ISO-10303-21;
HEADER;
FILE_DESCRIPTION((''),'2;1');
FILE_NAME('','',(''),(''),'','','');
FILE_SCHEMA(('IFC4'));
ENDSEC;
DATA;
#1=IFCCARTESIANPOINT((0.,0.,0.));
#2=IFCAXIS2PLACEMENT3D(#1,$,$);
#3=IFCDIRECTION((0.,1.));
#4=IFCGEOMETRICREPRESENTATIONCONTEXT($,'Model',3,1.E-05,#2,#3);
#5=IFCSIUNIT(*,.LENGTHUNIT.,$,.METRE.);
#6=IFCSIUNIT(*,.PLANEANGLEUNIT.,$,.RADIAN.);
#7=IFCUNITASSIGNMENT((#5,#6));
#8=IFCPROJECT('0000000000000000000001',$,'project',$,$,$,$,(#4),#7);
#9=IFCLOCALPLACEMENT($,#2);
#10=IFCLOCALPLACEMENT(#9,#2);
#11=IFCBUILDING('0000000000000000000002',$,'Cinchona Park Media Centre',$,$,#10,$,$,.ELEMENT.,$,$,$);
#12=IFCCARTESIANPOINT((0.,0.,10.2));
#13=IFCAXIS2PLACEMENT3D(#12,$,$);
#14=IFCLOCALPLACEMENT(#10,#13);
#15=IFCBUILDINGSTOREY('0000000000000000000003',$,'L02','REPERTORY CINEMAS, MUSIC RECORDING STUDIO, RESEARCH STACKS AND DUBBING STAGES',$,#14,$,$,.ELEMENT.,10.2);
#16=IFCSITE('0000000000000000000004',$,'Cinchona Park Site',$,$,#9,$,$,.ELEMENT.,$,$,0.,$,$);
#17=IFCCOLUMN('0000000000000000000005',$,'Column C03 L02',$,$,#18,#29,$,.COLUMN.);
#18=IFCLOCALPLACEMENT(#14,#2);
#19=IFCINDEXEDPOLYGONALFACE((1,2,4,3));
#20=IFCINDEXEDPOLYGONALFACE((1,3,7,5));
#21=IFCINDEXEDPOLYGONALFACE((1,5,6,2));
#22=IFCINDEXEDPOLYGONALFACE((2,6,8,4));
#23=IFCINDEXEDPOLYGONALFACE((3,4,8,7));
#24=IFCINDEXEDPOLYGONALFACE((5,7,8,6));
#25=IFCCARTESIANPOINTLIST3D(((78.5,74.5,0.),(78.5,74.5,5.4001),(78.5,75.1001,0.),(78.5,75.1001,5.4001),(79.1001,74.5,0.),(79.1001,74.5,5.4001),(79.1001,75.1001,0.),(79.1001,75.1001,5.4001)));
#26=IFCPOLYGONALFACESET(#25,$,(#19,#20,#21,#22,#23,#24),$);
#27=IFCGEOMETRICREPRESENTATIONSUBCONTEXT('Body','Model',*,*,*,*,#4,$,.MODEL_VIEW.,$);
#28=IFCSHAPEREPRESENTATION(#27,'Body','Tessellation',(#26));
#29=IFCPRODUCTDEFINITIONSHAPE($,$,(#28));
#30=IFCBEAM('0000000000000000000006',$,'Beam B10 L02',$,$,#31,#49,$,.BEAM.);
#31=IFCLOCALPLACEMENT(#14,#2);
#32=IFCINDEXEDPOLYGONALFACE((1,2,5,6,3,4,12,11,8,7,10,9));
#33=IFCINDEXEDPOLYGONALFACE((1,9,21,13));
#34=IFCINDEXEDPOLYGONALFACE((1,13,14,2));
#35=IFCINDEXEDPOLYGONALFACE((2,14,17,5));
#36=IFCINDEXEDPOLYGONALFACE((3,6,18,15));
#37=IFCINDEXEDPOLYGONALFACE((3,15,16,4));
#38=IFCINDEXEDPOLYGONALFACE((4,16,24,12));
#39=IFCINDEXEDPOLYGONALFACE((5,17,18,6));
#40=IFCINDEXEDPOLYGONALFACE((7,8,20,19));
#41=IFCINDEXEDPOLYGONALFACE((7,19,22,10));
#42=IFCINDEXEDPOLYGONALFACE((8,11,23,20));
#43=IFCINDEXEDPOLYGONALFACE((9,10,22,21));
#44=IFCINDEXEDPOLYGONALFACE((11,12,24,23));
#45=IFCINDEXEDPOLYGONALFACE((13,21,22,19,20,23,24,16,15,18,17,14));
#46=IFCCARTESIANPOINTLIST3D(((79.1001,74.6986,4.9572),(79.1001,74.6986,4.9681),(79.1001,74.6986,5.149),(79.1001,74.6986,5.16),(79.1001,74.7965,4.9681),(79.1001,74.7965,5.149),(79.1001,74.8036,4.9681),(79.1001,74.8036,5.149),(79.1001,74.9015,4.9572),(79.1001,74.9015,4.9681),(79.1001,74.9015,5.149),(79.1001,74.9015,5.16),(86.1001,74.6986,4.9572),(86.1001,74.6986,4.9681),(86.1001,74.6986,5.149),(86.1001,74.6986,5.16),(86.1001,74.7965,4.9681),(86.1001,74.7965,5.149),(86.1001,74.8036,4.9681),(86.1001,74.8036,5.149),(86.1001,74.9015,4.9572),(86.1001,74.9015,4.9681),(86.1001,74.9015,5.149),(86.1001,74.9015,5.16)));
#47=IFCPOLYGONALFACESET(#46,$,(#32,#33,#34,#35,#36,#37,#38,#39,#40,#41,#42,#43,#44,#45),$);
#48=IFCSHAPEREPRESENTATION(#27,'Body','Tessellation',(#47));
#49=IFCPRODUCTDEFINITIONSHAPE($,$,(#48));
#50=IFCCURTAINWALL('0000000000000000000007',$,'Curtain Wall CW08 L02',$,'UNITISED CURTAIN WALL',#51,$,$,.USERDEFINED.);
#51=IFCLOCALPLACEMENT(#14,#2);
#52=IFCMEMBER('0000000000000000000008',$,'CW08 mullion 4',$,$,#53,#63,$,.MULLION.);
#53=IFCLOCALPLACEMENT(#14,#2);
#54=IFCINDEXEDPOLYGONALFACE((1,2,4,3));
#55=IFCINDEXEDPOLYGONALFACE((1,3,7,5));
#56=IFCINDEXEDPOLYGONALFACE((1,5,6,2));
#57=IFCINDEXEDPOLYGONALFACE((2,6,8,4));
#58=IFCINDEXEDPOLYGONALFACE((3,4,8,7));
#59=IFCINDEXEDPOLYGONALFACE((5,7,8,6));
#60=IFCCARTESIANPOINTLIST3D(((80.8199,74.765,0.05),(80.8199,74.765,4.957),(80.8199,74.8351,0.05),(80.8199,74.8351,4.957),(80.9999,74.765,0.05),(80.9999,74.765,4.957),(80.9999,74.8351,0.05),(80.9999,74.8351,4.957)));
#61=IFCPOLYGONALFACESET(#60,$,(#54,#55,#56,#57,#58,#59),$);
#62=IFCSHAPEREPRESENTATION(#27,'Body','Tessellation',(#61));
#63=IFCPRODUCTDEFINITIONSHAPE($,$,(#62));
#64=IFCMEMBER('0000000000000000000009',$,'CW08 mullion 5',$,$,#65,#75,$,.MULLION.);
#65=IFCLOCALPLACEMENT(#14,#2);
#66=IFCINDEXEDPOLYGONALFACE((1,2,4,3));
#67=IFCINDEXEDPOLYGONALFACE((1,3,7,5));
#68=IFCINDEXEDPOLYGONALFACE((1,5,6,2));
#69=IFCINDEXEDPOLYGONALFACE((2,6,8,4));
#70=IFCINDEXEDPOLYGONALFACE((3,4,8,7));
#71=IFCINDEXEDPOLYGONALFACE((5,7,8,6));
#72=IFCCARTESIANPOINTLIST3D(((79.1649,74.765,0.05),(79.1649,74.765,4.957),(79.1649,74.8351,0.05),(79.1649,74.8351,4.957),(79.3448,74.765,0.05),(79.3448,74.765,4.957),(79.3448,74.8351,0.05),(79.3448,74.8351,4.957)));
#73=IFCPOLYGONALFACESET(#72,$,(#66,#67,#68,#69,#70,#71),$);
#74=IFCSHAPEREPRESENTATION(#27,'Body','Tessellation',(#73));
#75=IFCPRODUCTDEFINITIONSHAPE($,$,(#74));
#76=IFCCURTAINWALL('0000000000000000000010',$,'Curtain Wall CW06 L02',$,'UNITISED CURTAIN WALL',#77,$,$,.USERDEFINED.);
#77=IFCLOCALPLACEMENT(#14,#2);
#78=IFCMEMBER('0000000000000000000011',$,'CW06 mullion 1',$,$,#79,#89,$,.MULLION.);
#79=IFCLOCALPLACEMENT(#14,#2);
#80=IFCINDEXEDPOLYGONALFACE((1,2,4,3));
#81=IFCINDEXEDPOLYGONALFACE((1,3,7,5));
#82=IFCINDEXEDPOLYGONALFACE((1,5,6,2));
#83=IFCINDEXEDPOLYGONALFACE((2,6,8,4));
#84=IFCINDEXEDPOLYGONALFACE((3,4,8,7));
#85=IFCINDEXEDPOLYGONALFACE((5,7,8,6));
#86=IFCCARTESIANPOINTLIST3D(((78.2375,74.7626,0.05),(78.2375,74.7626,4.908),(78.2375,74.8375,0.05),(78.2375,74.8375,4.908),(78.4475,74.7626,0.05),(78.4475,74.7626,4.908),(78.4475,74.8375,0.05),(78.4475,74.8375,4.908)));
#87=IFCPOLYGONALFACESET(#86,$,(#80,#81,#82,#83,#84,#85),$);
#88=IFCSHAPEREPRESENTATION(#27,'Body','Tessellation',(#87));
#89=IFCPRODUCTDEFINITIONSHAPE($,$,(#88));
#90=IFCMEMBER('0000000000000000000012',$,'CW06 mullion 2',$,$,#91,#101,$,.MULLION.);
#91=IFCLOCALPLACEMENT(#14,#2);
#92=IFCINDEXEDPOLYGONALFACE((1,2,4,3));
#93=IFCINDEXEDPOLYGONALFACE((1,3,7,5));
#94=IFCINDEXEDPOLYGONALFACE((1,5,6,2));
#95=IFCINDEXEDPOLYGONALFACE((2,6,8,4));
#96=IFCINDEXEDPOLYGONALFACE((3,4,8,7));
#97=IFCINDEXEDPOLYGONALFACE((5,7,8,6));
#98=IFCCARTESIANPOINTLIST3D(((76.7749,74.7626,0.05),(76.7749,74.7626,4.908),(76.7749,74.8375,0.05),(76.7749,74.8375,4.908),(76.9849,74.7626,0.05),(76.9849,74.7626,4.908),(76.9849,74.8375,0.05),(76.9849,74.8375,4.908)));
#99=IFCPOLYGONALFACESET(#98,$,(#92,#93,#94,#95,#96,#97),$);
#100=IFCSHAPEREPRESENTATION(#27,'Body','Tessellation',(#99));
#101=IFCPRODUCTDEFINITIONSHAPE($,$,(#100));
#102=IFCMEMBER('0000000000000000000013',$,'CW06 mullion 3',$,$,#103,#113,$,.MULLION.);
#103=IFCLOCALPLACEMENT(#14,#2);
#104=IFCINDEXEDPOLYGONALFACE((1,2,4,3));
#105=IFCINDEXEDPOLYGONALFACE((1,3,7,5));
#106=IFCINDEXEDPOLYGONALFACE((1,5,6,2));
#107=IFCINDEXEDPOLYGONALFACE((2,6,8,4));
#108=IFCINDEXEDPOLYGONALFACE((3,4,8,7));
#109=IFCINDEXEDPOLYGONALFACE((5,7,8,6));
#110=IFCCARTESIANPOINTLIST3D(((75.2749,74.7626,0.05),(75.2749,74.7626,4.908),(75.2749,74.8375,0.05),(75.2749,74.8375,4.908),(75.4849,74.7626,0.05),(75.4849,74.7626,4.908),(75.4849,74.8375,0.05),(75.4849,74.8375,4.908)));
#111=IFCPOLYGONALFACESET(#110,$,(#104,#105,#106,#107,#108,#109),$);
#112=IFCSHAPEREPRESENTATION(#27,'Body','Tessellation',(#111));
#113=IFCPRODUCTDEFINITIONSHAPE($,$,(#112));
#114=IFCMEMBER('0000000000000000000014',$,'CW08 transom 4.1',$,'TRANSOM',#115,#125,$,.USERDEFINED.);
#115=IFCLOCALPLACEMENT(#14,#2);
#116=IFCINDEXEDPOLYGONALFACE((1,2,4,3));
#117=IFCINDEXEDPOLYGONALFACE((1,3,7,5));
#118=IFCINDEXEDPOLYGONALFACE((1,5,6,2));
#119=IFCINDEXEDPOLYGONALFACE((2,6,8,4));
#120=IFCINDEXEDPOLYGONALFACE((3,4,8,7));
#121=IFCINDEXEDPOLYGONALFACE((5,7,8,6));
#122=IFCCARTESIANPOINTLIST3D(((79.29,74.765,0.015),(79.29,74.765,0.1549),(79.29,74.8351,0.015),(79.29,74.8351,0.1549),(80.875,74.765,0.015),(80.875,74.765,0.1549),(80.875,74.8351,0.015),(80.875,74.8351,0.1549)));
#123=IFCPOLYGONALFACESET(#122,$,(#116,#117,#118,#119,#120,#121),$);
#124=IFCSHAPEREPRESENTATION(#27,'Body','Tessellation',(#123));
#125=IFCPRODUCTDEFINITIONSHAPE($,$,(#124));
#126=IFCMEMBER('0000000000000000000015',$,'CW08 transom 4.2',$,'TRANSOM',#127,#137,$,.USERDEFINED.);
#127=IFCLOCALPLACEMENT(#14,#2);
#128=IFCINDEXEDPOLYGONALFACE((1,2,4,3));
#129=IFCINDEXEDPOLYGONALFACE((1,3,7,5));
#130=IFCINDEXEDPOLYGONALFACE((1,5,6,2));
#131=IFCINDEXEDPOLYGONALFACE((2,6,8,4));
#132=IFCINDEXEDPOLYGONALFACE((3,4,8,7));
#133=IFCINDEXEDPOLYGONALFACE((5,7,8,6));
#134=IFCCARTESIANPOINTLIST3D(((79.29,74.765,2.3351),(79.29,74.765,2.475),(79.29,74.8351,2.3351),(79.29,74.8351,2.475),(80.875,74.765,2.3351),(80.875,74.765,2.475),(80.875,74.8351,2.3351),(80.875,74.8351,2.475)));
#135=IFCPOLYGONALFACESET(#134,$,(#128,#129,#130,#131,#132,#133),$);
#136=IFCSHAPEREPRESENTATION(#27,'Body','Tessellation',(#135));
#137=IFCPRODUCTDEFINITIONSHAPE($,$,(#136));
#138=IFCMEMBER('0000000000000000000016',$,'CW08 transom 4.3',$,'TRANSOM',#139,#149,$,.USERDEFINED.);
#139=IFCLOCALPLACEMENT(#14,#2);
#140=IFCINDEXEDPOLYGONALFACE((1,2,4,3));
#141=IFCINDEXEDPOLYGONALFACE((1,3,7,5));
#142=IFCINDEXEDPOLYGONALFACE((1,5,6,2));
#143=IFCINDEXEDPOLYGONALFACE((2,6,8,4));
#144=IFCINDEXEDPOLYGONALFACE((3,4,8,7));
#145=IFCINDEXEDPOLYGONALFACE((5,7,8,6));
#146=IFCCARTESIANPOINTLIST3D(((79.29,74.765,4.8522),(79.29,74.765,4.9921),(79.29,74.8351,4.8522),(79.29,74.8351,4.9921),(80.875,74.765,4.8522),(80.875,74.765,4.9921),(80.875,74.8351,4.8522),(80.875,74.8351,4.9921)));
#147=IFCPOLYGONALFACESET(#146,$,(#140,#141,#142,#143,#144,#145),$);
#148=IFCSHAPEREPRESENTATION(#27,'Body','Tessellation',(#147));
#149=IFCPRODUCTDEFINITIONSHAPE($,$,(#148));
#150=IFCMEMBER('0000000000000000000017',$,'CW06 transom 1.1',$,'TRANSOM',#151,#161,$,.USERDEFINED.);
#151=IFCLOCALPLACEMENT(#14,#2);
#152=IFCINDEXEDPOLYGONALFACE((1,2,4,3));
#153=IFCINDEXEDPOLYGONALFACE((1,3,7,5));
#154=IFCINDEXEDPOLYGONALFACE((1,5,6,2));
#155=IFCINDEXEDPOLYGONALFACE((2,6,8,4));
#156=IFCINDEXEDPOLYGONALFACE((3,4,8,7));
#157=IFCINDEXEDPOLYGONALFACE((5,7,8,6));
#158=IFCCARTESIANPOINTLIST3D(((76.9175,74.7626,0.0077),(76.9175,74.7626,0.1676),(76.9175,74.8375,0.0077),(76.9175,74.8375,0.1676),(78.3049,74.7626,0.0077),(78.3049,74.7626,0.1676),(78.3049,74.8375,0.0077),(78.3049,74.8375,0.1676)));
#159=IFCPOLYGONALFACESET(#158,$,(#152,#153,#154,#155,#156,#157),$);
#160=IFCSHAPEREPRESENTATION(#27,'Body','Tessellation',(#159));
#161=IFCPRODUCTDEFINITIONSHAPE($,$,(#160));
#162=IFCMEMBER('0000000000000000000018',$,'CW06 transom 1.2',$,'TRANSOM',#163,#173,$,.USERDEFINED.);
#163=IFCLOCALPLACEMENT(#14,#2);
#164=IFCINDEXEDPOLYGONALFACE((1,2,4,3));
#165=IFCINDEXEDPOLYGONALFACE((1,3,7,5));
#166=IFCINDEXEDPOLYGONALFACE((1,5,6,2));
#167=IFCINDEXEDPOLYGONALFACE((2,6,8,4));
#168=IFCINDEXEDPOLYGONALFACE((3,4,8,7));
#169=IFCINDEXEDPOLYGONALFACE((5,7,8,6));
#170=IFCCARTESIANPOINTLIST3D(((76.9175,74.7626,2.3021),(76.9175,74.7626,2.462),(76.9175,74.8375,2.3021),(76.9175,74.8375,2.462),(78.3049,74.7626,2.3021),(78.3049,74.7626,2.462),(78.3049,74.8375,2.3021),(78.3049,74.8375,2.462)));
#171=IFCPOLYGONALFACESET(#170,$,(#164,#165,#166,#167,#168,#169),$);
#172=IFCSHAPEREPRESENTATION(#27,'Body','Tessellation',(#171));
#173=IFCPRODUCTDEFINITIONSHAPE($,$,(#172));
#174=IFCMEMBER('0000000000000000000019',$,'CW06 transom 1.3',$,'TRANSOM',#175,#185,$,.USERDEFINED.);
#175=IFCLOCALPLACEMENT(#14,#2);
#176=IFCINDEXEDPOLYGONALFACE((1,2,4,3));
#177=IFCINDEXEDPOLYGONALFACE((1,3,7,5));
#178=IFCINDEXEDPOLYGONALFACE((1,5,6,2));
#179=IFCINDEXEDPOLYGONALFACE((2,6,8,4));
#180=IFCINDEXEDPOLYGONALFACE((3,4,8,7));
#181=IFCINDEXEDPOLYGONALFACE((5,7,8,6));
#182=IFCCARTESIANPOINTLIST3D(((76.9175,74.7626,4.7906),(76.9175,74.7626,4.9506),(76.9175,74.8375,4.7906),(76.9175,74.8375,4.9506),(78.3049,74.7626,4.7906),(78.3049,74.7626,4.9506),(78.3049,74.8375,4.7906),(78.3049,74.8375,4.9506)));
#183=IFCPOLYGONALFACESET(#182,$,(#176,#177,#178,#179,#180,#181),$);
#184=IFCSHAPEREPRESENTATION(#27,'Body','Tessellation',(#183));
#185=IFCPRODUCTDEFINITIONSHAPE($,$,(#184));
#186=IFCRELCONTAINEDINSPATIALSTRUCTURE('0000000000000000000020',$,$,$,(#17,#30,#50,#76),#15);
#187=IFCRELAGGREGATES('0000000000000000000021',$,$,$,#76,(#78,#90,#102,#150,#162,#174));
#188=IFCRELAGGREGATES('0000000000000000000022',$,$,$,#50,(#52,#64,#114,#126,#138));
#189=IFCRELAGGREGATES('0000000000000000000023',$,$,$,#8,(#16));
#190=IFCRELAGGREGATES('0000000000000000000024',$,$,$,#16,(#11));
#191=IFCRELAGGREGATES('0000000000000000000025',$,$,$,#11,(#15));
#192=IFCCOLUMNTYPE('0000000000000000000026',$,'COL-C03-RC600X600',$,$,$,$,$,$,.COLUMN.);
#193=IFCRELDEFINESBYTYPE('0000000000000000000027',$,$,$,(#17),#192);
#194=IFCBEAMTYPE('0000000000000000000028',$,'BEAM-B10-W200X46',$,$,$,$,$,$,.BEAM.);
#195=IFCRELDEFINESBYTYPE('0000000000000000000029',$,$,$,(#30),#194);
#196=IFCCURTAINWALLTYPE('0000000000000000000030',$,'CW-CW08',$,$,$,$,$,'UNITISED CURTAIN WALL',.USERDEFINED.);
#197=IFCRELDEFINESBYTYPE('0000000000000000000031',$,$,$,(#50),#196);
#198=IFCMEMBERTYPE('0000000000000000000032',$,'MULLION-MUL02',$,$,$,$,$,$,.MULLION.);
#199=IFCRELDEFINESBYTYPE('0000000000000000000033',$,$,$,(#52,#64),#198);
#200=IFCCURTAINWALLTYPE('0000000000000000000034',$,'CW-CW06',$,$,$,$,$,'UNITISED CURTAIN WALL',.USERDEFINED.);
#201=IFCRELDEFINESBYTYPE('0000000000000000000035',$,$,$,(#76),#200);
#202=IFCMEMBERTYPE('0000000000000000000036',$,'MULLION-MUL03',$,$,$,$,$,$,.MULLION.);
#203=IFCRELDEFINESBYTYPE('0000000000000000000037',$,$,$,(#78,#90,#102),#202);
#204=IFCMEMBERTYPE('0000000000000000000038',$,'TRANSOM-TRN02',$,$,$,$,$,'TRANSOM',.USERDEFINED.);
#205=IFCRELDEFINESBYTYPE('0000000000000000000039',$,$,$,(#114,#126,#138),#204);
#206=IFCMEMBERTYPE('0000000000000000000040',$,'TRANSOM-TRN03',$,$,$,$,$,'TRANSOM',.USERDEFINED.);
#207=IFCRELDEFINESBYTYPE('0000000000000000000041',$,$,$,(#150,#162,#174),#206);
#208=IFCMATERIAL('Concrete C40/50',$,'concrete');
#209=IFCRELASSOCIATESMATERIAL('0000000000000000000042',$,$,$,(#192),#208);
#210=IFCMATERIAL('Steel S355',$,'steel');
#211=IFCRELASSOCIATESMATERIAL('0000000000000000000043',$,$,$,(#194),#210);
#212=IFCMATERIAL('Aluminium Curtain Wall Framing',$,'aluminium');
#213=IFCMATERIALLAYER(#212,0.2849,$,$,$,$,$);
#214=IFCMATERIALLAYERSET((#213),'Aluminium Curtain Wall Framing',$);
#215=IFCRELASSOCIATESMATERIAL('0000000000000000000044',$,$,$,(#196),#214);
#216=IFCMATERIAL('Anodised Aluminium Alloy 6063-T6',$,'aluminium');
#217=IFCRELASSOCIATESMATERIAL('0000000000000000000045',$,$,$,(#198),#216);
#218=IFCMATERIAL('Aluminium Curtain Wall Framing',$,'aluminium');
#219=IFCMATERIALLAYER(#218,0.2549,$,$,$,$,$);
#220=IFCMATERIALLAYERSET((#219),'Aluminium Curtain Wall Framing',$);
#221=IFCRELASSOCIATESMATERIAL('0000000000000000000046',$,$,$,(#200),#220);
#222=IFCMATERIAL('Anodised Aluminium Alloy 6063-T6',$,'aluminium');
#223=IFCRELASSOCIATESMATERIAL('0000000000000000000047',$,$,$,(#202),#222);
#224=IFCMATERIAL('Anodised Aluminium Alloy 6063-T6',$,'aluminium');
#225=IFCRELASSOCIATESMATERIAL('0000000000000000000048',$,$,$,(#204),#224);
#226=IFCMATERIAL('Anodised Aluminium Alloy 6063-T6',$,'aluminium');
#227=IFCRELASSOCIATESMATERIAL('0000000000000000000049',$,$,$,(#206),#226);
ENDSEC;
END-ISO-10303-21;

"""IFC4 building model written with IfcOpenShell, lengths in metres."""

from ifc_helpers import new_model, si_unit, direction, frame, origin, origin_2d, place, context, subcontext, project, spatial, rectangle, i_section, extrude, material, layer, layer_set, material_profile, profile_set, type_object, element, aggregate, save


model = new_model("IFC4")

# Units and contexts
model_context = context("Model", 3, precision=1e-05, world=origin(), true_north=direction((0.0, 1.0)))
body_context = subcontext(model_context, "Body", "Model", "MODEL_VIEW")
ifc_project = project(units=[si_unit("LENGTHUNIT", "METRE"), si_unit("PLANEANGLEUNIT", "RADIAN")], contexts=[model_context])

# Site, building, storey
site_placement = place(None, origin())
site = spatial("IfcSite", under=ifc_project, at=site_placement, Name="Cinchona Park Site", CompositionType="ELEMENT", RefElevation=0.0)
building_placement = place(site_placement, origin())
building = spatial("IfcBuilding", under=site, at=building_placement, Name="Cinchona Park Media Centre", CompositionType="ELEMENT")
storey_placement = place(building_placement, frame((0.0, 0.0, 10.2)))
storey = spatial("IfcBuildingStorey", under=building, at=storey_placement, Name="L02", Description="REPERTORY CINEMAS, MUSIC RECORDING STUDIO, RESEARCH STACKS AND DUBBING STAGES", CompositionType="ELEMENT", Elevation=10.2)

# Column
ifc_material_1 = material(Name="Concrete C40/50", Category="concrete")
ifc_material_profile_1 = material_profile(ifc_material_1, rectangle(XDim=0.6001, YDim=0.6001, at=origin_2d()), Name="RC 600X600")
ifc_profile_set_1 = profile_set([ifc_material_profile_1], Name="Concrete C40/50")
column_type = type_object("IfcColumnType", Name="COL-C03-RC600X600", PredefinedType="COLUMN", material=ifc_profile_set_1)
column_placement = place(storey_placement, frame((78.8, 74.8, 0.0), z_axis=(0.0, 0.0, 1.0), x_axis=(1.0, 0.0, 0.0)))
element("IfcColumn", 1, at=column_placement, inside=storey, type_object=column_type, Name="Column C03 L02", PredefinedType="COLUMN", context=body_context, shape_type="SweptSolid", body=[
    extrude(rectangle(XDim=0.6001, YDim=0.6001, at=origin_2d()), origin(), (0.0, 0.0, 1.0), 5.4001),
])

# Beam
ifc_material_2 = material(Name="Steel S355", Category="steel")
ifc_material_profile_2 = material_profile(ifc_material_2, i_section(OverallWidth=0.2029, OverallDepth=0.2029, WebThickness=0.0071, FlangeThickness=0.011, at=origin_2d()), Name="W200X46")
ifc_profile_set_2 = profile_set([ifc_material_profile_2], Name="Steel S355")
beam_type = type_object("IfcBeamType", Name="BEAM-B10-W200X46", PredefinedType="BEAM", material=ifc_profile_set_2)
beam_placement = place(storey_placement, frame((79.1001, 74.8, 5.0586), z_axis=(1.0, 0.0, 0.0), x_axis=(0.0, 1.0, 0.0)))
element("IfcBeam", 2, at=beam_placement, inside=storey, type_object=beam_type, Name="Beam B10 L02", PredefinedType="BEAM", context=body_context, shape_type="SweptSolid", body=[
    extrude(i_section(OverallWidth=0.2029, OverallDepth=0.2029, WebThickness=0.0071, FlangeThickness=0.011, at=origin_2d()), origin(), (0.0, 0.0, 1.0), 7.0),
])

# Curtain walls, members
ifc_material_3 = material(Name="Aluminium Curtain Wall Framing", Category="aluminium")
ifc_layer_1 = layer(ifc_material_3, 0.2849)
ifc_layer_set_1 = layer_set([ifc_layer_1], Name="Aluminium Curtain Wall Framing")
curtain_wall_type_1 = type_object("IfcCurtainWallType", Name="CW-CW08", ElementType="UNITISED CURTAIN WALL", PredefinedType="USERDEFINED", material=ifc_layer_set_1)
curtain_wall_1_placement = place(storey_placement, origin())
curtain_wall_1 = element("IfcCurtainWall", 3, at=curtain_wall_1_placement, inside=storey, type_object=curtain_wall_type_1, Name="Curtain Wall CW08 L02", ObjectType="UNITISED CURTAIN WALL", PredefinedType="USERDEFINED")
ifc_material_4 = material(Name="Anodised Aluminium Alloy 6063-T6", Category="aluminium")
ifc_material_profile_3 = material_profile(ifc_material_4, rectangle(XDim=0.0701, YDim=0.1799, at=origin_2d()), Name="MUL-70X180")
ifc_profile_set_3 = profile_set([ifc_material_profile_3], Name="Anodised Aluminium Alloy 6063-T6")
member_type_1 = type_object("IfcMemberType", Name="MULLION-MUL02", PredefinedType="MULLION", material=ifc_profile_set_3)
member_1_placement = place(storey_placement, frame((80.9099, 74.8, 0.05), z_axis=(0.0, 0.0, 1.0), x_axis=(0.0, -1.0, 0.0)))
member_1 = element("IfcMember", 4, at=member_1_placement, type_object=member_type_1, Name="CW08 mullion 4", PredefinedType="MULLION", context=body_context, shape_type="SweptSolid", body=[
    extrude(rectangle(XDim=0.0701, YDim=0.1799, at=origin_2d()), origin(), (0.0, 0.0, 1.0), 4.907),
])
member_2_placement = place(storey_placement, frame((79.2549, 74.8, 0.05), z_axis=(0.0, 0.0, 1.0), x_axis=(0.0, -1.0, 0.0)))
member_2 = element("IfcMember", 5, at=member_2_placement, type_object=member_type_1, Name="CW08 mullion 5", PredefinedType="MULLION", context=body_context, shape_type="SweptSolid", body=[
    extrude(rectangle(XDim=0.0701, YDim=0.1799, at=origin_2d()), origin(), (0.0, 0.0, 1.0), 4.907),
])
ifc_material_5 = material(Name="Aluminium Curtain Wall Framing", Category="aluminium")
ifc_layer_2 = layer(ifc_material_5, 0.2549)
ifc_layer_set_2 = layer_set([ifc_layer_2], Name="Aluminium Curtain Wall Framing")
curtain_wall_type_2 = type_object("IfcCurtainWallType", Name="CW-CW06", ElementType="UNITISED CURTAIN WALL", PredefinedType="USERDEFINED", material=ifc_layer_set_2)
curtain_wall_2_placement = place(storey_placement, origin())
curtain_wall_2 = element("IfcCurtainWall", 6, at=curtain_wall_2_placement, inside=storey, type_object=curtain_wall_type_2, Name="Curtain Wall CW06 L02", ObjectType="UNITISED CURTAIN WALL", PredefinedType="USERDEFINED")
ifc_material_6 = material(Name="Anodised Aluminium Alloy 6063-T6", Category="aluminium")
ifc_material_profile_4 = material_profile(ifc_material_6, rectangle(XDim=0.075, YDim=0.21, at=origin_2d()), Name="MUL-75X210")
ifc_profile_set_4 = profile_set([ifc_material_profile_4], Name="Anodised Aluminium Alloy 6063-T6")
member_type_2 = type_object("IfcMemberType", Name="MULLION-MUL03", PredefinedType="MULLION", material=ifc_profile_set_4)
member_3_placement = place(storey_placement, frame((78.3425, 74.8, 0.05), z_axis=(0.0, 0.0, 1.0), x_axis=(0.0, -1.0, 0.0)))
member_3 = element("IfcMember", 7, at=member_3_placement, type_object=member_type_2, Name="CW06 mullion 1", PredefinedType="MULLION", context=body_context, shape_type="SweptSolid", body=[
    extrude(rectangle(XDim=0.075, YDim=0.21, at=origin_2d()), origin(), (0.0, 0.0, 1.0), 4.8579),
])
member_4_placement = place(storey_placement, frame((76.8799, 74.8, 0.05), z_axis=(0.0, 0.0, 1.0), x_axis=(0.0, -1.0, 0.0)))
member_4 = element("IfcMember", 8, at=member_4_placement, type_object=member_type_2, Name="CW06 mullion 2", PredefinedType="MULLION", context=body_context, shape_type="SweptSolid", body=[
    extrude(rectangle(XDim=0.075, YDim=0.21, at=origin_2d()), origin(), (0.0, 0.0, 1.0), 4.8579),
])
member_5_placement = place(storey_placement, frame((75.3799, 74.8, 0.05), z_axis=(0.0, 0.0, 1.0), x_axis=(0.0, -1.0, 0.0)))
member_5 = element("IfcMember", 9, at=member_5_placement, type_object=member_type_2, Name="CW06 mullion 3", PredefinedType="MULLION", context=body_context, shape_type="SweptSolid", body=[
    extrude(rectangle(XDim=0.075, YDim=0.21, at=origin_2d()), origin(), (0.0, 0.0, 1.0), 4.8579),
])

# Members
ifc_material_7 = material(Name="Anodised Aluminium Alloy 6063-T6", Category="aluminium")
ifc_material_profile_5 = material_profile(ifc_material_7, rectangle(XDim=0.0701, YDim=0.1399, at=origin_2d()), Name="TRN-70X140")
ifc_profile_set_5 = profile_set([ifc_material_profile_5], Name="Anodised Aluminium Alloy 6063-T6")
member_type_3 = type_object("IfcMemberType", Name="TRANSOM-TRN02", ElementType="TRANSOM", PredefinedType="USERDEFINED", material=ifc_profile_set_5)
member_6_placement = place(storey_placement, frame((80.875, 74.8, 0.085), z_axis=(-1.0, 0.0, 0.0), x_axis=(0.0, -1.0, 0.0)))
member_6 = element("IfcMember", 10, at=member_6_placement, type_object=member_type_3, Name="CW08 transom 4.1", ObjectType="TRANSOM", PredefinedType="USERDEFINED", context=body_context, shape_type="SweptSolid", body=[
    extrude(rectangle(XDim=0.0701, YDim=0.1399, at=origin_2d()), origin(), (0.0, 0.0, 1.0), 1.585),
])
member_7_placement = place(storey_placement, frame((80.875, 74.8, 2.405), z_axis=(-1.0, 0.0, 0.0), x_axis=(0.0, -1.0, 0.0)))
member_7 = element("IfcMember", 11, at=member_7_placement, type_object=member_type_3, Name="CW08 transom 4.2", ObjectType="TRANSOM", PredefinedType="USERDEFINED", context=body_context, shape_type="SweptSolid", body=[
    extrude(rectangle(XDim=0.0701, YDim=0.1399, at=origin_2d()), origin(), (0.0, 0.0, 1.0), 1.585),
])
member_8_placement = place(storey_placement, frame((80.875, 74.8, 4.9221), z_axis=(-1.0, 0.0, 0.0), x_axis=(0.0, -1.0, 0.0)))
member_8 = element("IfcMember", 12, at=member_8_placement, type_object=member_type_3, Name="CW08 transom 4.3", ObjectType="TRANSOM", PredefinedType="USERDEFINED", context=body_context, shape_type="SweptSolid", body=[
    extrude(rectangle(XDim=0.0701, YDim=0.1399, at=origin_2d()), origin(), (0.0, 0.0, 1.0), 1.585),
])
ifc_material_8 = material(Name="Anodised Aluminium Alloy 6063-T6", Category="aluminium")
ifc_material_profile_6 = material_profile(ifc_material_8, rectangle(XDim=0.075, YDim=0.1599, at=origin_2d()), Name="TRN-75X160")
ifc_profile_set_6 = profile_set([ifc_material_profile_6], Name="Anodised Aluminium Alloy 6063-T6")
member_type_4 = type_object("IfcMemberType", Name="TRANSOM-TRN03", ElementType="TRANSOM", PredefinedType="USERDEFINED", material=ifc_profile_set_6)
member_9_placement = place(storey_placement, frame((78.3049, 74.8, 0.0876), z_axis=(-1.0, 0.0, 0.0), x_axis=(0.0, -1.0, 0.0)))
member_9 = element("IfcMember", 13, at=member_9_placement, type_object=member_type_4, Name="CW06 transom 1.1", ObjectType="TRANSOM", PredefinedType="USERDEFINED", context=body_context, shape_type="SweptSolid", body=[
    extrude(rectangle(XDim=0.075, YDim=0.1599, at=origin_2d()), origin(), (0.0, 0.0, 1.0), 1.3875),
])
member_10_placement = place(storey_placement, frame((78.3049, 74.8, 2.3821), z_axis=(-1.0, 0.0, 0.0), x_axis=(0.0, -1.0, 0.0)))
member_10 = element("IfcMember", 14, at=member_10_placement, type_object=member_type_4, Name="CW06 transom 1.2", ObjectType="TRANSOM", PredefinedType="USERDEFINED", context=body_context, shape_type="SweptSolid", body=[
    extrude(rectangle(XDim=0.075, YDim=0.1599, at=origin_2d()), origin(), (0.0, 0.0, 1.0), 1.3875),
])
member_11_placement = place(storey_placement, frame((78.3049, 74.8, 4.8706), z_axis=(-1.0, 0.0, 0.0), x_axis=(0.0, -1.0, 0.0)))
member_11 = element("IfcMember", 15, at=member_11_placement, type_object=member_type_4, Name="CW06 transom 1.3", ObjectType="TRANSOM", PredefinedType="USERDEFINED", context=body_context, shape_type="SweptSolid", body=[
    extrude(rectangle(XDim=0.075, YDim=0.1599, at=origin_2d()), origin(), (0.0, 0.0, 1.0), 1.3875),
])

aggregate(curtain_wall_2, [member_3, member_4, member_5, member_9, member_10, member_11])
aggregate(curtain_wall_1, [member_1, member_2, member_6, member_7, member_8])

save(model, "model.ifc")
